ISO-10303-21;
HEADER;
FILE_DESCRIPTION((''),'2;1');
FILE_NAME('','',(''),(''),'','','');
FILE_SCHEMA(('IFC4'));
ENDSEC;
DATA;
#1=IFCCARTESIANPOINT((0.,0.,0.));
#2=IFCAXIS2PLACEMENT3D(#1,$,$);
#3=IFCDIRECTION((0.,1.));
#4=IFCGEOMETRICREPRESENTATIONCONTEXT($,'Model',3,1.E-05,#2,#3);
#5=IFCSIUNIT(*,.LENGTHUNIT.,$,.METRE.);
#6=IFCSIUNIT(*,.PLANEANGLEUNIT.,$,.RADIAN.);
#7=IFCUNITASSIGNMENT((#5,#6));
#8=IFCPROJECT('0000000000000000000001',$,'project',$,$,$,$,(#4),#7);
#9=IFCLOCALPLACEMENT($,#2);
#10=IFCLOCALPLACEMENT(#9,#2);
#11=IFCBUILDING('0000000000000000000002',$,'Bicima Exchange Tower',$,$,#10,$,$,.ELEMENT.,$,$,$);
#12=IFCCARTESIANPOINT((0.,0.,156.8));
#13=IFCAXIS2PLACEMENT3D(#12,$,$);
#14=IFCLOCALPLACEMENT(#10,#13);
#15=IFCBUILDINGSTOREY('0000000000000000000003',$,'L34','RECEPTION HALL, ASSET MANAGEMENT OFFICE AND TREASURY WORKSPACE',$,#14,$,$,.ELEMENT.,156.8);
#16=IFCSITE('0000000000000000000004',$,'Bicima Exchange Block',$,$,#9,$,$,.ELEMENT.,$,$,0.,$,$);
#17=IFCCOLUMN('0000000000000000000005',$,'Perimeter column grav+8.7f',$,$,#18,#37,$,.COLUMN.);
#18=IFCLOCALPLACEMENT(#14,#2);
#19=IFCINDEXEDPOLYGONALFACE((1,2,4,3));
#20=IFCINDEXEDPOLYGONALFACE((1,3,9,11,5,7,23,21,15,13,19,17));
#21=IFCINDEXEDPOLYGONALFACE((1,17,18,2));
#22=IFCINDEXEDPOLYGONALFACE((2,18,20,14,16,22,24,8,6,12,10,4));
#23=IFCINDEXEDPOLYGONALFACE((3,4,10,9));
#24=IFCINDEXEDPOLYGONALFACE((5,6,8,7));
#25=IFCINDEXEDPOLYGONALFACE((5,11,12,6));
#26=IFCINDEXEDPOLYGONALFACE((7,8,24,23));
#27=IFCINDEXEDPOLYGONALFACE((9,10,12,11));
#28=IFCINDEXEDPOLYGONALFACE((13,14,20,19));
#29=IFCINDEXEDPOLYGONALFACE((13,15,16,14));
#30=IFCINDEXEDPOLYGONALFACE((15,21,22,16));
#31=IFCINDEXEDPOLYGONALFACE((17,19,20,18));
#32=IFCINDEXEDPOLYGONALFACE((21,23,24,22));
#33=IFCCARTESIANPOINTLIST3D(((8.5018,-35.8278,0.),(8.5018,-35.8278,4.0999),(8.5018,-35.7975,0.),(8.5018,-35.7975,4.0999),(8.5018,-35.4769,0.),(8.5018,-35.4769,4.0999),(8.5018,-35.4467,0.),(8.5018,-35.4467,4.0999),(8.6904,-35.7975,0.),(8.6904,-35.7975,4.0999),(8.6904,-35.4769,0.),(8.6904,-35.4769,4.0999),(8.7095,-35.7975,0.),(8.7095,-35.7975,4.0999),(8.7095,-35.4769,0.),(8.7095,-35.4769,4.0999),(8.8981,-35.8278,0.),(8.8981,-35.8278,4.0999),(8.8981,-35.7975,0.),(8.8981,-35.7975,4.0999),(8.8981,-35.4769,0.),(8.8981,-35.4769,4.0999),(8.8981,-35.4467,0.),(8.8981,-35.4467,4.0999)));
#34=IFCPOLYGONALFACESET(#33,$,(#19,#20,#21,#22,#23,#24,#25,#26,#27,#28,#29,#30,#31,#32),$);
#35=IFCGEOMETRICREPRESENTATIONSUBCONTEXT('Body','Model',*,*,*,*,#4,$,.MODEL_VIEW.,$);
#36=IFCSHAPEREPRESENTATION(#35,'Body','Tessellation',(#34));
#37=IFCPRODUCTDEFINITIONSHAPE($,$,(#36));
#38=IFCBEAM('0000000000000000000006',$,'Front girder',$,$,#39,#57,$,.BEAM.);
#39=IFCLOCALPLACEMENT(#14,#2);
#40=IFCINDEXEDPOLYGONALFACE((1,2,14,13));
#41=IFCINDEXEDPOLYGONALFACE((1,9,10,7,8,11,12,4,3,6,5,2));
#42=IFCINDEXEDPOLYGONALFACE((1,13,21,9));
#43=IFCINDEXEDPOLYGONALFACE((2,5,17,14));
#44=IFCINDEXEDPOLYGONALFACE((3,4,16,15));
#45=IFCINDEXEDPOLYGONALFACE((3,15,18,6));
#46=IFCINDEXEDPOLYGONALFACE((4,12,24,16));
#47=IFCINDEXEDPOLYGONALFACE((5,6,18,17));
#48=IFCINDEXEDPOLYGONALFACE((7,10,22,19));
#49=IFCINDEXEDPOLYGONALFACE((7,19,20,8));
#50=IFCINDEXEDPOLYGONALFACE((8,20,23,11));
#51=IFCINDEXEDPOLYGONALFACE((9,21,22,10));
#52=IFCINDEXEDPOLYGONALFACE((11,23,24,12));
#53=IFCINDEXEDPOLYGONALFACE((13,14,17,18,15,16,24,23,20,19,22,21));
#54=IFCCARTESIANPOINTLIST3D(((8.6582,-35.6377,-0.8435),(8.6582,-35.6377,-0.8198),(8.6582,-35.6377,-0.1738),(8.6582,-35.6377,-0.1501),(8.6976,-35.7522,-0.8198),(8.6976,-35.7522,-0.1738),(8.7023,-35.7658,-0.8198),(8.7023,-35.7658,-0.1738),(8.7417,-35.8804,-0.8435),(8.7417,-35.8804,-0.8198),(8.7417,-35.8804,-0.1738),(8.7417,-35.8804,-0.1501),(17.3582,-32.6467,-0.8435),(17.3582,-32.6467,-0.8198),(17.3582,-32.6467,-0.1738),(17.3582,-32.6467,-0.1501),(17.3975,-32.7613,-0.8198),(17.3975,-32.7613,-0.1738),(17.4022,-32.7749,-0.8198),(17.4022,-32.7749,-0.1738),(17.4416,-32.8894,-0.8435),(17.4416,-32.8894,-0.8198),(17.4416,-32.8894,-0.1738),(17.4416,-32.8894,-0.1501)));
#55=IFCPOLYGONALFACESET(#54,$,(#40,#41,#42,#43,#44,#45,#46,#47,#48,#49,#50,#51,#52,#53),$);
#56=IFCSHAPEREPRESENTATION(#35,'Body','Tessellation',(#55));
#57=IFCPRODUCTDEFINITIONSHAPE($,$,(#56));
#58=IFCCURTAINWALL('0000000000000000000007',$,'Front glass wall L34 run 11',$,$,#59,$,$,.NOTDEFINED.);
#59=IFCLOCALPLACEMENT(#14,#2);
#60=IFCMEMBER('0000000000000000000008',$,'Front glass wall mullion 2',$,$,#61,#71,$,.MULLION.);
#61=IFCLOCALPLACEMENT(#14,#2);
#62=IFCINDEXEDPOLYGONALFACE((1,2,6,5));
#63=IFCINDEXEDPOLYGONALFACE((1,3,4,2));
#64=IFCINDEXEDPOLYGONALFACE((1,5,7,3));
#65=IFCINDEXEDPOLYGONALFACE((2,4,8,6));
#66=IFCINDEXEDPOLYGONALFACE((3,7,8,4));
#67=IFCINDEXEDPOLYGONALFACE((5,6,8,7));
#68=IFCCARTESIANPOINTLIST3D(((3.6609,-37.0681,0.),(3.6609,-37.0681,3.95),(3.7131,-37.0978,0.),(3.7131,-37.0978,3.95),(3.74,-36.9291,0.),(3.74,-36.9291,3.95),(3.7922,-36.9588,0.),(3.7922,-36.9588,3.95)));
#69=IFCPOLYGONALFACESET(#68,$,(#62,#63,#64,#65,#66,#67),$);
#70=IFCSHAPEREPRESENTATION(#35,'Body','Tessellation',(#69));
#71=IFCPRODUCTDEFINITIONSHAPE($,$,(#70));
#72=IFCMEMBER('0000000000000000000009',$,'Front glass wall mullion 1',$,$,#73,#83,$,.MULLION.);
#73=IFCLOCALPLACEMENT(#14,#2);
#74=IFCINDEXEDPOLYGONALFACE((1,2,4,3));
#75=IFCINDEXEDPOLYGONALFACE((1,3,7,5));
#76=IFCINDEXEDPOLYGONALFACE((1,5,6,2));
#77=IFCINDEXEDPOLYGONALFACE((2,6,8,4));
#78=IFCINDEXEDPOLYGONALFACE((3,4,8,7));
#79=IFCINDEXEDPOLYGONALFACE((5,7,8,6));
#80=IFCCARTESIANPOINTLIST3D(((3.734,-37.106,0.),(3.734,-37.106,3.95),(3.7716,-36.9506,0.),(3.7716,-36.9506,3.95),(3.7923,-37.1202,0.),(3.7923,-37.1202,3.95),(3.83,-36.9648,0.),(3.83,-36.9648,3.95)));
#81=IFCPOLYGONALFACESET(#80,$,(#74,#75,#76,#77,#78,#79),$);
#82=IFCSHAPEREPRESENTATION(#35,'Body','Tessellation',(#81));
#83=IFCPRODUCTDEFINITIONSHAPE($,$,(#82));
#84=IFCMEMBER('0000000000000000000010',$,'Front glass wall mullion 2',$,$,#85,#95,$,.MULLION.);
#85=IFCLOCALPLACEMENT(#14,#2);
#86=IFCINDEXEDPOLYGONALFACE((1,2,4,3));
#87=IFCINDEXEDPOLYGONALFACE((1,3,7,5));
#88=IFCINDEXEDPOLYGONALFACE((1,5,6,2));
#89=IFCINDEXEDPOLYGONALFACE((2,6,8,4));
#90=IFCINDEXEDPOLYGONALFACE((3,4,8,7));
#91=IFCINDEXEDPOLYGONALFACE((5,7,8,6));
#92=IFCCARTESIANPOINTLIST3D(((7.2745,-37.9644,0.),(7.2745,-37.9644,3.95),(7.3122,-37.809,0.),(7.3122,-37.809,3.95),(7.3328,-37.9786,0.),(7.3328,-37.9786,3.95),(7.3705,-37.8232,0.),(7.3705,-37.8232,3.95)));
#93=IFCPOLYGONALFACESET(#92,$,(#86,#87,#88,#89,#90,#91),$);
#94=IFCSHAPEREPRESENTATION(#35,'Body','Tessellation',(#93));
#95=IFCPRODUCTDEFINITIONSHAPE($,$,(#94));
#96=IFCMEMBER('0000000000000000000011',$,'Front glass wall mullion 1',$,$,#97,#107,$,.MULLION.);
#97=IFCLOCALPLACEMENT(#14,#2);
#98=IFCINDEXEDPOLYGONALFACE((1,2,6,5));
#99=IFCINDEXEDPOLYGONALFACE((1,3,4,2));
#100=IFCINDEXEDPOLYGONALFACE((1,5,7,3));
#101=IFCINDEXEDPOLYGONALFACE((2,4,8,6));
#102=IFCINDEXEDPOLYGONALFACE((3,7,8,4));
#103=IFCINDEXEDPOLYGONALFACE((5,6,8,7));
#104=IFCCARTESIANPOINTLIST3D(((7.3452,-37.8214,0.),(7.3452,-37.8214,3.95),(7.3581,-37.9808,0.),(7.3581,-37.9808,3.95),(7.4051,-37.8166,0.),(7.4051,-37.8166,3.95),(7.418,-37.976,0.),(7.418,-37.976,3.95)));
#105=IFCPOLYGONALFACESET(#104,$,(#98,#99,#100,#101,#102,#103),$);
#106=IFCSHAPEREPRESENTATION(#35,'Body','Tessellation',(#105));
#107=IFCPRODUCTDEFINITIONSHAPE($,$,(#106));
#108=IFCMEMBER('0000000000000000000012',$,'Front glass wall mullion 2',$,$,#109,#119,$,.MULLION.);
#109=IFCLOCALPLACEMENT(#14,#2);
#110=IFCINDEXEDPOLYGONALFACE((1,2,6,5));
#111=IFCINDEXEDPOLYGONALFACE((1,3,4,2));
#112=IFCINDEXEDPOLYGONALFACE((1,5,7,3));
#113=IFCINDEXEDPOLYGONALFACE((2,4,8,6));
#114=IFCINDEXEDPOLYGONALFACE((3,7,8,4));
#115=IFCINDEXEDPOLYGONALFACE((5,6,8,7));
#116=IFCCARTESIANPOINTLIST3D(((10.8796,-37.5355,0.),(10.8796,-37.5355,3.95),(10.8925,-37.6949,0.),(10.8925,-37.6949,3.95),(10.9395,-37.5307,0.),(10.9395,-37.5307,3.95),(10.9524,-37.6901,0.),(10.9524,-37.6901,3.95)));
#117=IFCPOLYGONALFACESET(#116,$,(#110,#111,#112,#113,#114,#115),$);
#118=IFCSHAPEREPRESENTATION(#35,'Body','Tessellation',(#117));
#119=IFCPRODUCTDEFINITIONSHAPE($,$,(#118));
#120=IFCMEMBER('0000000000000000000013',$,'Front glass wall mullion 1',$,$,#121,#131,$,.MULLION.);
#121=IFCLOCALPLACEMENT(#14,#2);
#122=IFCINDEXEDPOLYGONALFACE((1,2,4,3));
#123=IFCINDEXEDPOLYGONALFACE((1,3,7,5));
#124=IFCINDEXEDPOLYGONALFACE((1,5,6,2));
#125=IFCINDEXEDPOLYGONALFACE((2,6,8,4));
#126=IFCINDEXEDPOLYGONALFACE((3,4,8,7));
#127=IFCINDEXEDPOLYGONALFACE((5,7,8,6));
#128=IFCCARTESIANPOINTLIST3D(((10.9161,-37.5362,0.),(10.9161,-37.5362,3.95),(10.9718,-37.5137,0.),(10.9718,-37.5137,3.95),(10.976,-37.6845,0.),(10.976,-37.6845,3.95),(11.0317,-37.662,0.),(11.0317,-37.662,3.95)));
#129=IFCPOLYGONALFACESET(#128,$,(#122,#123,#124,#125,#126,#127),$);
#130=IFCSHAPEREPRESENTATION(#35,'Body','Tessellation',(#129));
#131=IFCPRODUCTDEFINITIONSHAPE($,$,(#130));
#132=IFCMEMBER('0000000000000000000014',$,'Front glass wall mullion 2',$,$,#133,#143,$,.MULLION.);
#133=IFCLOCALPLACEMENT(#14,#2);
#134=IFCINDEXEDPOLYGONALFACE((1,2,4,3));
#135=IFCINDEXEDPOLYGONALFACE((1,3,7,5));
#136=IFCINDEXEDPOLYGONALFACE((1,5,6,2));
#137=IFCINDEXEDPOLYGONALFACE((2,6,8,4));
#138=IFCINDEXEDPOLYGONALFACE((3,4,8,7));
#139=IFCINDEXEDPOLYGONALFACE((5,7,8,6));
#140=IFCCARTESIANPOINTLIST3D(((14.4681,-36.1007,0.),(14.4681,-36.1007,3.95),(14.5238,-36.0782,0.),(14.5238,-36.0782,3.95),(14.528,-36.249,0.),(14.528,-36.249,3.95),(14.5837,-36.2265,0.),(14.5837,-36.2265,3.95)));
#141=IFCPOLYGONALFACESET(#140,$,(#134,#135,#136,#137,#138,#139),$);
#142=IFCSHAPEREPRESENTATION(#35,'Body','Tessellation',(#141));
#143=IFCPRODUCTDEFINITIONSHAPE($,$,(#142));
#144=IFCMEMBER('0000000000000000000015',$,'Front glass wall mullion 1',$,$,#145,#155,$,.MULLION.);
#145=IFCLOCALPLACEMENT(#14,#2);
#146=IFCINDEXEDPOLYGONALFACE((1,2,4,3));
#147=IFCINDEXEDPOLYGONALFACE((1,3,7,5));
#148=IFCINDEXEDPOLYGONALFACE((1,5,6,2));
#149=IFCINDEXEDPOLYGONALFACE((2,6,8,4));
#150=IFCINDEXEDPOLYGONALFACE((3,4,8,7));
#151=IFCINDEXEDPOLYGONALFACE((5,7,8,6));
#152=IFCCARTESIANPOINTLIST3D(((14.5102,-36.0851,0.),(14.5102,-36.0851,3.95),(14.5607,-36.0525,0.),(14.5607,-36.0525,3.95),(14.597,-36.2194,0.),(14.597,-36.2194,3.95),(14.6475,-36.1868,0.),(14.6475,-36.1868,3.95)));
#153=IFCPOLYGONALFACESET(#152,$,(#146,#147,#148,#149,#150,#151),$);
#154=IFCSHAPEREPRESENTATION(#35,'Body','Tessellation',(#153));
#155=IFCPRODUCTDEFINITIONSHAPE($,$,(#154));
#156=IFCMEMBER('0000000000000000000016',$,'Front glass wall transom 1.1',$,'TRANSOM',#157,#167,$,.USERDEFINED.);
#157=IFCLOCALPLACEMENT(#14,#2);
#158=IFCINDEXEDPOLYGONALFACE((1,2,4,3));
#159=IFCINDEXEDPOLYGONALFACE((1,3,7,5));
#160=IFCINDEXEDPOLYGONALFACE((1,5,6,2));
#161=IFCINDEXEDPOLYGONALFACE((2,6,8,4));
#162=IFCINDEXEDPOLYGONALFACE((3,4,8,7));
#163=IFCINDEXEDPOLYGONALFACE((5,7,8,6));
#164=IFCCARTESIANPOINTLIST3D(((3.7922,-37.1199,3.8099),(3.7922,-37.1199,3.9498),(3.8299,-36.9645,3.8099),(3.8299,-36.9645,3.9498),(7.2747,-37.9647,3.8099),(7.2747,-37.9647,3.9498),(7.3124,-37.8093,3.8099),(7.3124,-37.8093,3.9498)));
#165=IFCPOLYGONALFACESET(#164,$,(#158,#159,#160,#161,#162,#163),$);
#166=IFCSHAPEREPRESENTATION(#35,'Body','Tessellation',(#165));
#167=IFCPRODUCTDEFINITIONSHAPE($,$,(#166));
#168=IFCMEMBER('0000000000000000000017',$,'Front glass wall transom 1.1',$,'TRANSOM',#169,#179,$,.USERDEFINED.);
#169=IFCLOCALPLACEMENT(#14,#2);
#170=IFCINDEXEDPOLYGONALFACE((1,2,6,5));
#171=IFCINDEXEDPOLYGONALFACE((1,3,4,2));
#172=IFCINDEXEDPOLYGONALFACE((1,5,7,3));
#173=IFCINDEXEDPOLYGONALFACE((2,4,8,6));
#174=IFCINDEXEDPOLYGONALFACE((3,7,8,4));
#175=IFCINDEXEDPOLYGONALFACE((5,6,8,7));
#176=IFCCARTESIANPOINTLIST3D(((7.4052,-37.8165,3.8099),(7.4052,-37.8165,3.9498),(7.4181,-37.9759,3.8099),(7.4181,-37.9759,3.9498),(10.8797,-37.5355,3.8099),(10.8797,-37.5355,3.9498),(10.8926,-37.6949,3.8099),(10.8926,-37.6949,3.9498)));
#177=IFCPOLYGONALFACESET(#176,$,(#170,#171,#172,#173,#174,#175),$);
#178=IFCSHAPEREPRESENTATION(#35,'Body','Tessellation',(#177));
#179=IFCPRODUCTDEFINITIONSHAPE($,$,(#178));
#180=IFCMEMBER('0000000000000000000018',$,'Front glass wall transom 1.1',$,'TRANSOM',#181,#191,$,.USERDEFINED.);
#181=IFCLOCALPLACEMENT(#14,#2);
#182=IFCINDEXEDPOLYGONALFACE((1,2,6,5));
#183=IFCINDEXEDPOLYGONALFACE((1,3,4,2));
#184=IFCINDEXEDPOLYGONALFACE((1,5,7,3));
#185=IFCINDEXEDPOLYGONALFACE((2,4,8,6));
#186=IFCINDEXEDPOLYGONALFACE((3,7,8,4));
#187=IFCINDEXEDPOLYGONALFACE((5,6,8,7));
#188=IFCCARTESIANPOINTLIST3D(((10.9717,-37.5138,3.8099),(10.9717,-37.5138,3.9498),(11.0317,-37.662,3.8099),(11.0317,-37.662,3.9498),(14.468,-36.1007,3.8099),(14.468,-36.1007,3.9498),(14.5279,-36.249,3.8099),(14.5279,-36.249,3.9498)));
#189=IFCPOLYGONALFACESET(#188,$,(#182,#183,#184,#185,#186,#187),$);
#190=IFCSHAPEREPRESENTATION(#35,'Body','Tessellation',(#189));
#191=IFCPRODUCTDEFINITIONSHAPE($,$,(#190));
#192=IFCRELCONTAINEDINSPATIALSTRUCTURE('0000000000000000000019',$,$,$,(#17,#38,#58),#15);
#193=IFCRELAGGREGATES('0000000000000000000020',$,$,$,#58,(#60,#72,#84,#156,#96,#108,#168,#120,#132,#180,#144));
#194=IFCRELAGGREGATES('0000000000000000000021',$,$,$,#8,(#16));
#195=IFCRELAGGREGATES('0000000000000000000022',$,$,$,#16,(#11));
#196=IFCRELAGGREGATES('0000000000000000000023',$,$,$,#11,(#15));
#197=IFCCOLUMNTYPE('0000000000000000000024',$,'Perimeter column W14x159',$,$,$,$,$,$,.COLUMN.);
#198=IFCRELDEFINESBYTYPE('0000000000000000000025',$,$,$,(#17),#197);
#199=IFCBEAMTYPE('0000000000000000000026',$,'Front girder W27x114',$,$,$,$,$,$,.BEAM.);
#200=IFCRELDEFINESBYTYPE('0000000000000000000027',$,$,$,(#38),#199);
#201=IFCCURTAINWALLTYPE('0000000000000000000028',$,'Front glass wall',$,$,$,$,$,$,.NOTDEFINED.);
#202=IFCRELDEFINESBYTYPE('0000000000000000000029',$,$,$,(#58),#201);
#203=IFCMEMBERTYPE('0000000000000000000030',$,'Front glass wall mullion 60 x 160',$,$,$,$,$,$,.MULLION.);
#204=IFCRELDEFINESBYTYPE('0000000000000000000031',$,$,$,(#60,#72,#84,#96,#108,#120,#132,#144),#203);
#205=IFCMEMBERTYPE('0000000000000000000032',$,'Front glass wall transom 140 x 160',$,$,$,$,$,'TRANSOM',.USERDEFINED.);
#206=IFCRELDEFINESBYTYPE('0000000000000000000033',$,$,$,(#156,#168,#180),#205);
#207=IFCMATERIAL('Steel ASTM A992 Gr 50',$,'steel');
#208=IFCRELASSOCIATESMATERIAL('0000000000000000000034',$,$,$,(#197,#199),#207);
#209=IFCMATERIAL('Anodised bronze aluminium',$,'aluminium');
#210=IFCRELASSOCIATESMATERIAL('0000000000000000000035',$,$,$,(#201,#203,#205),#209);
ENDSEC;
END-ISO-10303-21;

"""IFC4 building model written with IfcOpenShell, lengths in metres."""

from ifc_helpers import new_model, si_unit, direction, frame, origin, origin_2d, place, context, subcontext, project, spatial, rectangle, i_section, extrude, material, material_profile, profile_set, type_object, element, aggregate, save


model = new_model("IFC4")

# Units and contexts
model_context = context("Model", 3, precision=1e-05, world=origin(), true_north=direction((0.0, 1.0)))
body_context = subcontext(model_context, "Body", "Model", "MODEL_VIEW")
ifc_project = project(units=[si_unit("LENGTHUNIT", "METRE"), si_unit("PLANEANGLEUNIT", "RADIAN")], contexts=[model_context])

# Site, building, storey
site_placement = place(None, origin())
site = spatial("IfcSite", under=ifc_project, at=site_placement, Name="Bicima Exchange Block", CompositionType="ELEMENT", RefElevation=0.0)
building_placement = place(site_placement, origin())
building = spatial("IfcBuilding", under=site, at=building_placement, Name="Bicima Exchange Tower", CompositionType="ELEMENT")
storey_placement = place(building_placement, frame((0.0, 0.0, 156.8)))
storey = spatial("IfcBuildingStorey", under=building, at=storey_placement, Name="L34", Description="RECEPTION HALL, ASSET MANAGEMENT OFFICE AND TREASURY WORKSPACE", CompositionType="ELEMENT", Elevation=156.8)

# Column
ifc_material_1 = material(Name="Steel ASTM A992 Gr 50", Category="steel")
ifc_material_profile_1 = material_profile(ifc_material_1, i_section(OverallWidth=0.3962, OverallDepth=0.3811, WebThickness=0.019, FlangeThickness=0.0303, at=origin_2d()))
ifc_profile_set_1 = profile_set([ifc_material_profile_1], Name="Steel ASTM A992 Gr 50")
column_type = type_object("IfcColumnType", Name="Perimeter column W14x159", PredefinedType="COLUMN", material=ifc_profile_set_1)
column_placement = place(storey_placement, frame((8.7, -35.6372, 0.0), z_axis=(0.0, 0.0, 1.0), x_axis=(1.0, 0.0, 0.0)))
element("IfcColumn", 1, at=column_placement, inside=storey, type_object=column_type, Name="Perimeter column grav+8.7f", PredefinedType="COLUMN", context=body_context, shape_type="SweptSolid", body=[
    extrude(i_section(OverallWidth=0.3962, OverallDepth=0.3811, WebThickness=0.019, FlangeThickness=0.0303, at=origin_2d()), origin(), (0.0, 0.0, 1.0), 4.0999),
])

# Beam
ifc_material_profile_2 = material_profile(ifc_material_1, i_section(OverallWidth=0.2566, OverallDepth=0.6934, WebThickness=0.0144, FlangeThickness=0.0237, at=origin_2d()))
ifc_profile_set_2 = profile_set([ifc_material_profile_2], Name="Steel ASTM A992 Gr 50")
beam_type = type_object("IfcBeamType", Name="Front girder W27x114", PredefinedType="BEAM", material=ifc_profile_set_2)
beam_placement = place(storey_placement, frame((8.7, -35.759, -0.4968), z_axis=(0.945675, 0.325115, 0.0), x_axis=(-0.325115, 0.945675, 0.0)))
element("IfcBeam", 2, at=beam_placement, inside=storey, type_object=beam_type, Name="Front girder", PredefinedType="BEAM", context=body_context, shape_type="SweptSolid", body=[
    extrude(i_section(OverallWidth=0.2566, OverallDepth=0.6934, WebThickness=0.0144, FlangeThickness=0.0237, at=origin_2d()), origin(), (0.0, 0.0, 1.0), 9.1997),
])

# Curtain wall, members
ifc_material_2 = material(Name="Anodised bronze aluminium", Category="aluminium")
curtain_wall_type = type_object("IfcCurtainWallType", Name="Front glass wall", PredefinedType="NOTDEFINED", material=ifc_material_2)
curtain_wall_placement = place(storey_placement, origin())
curtain_wall = element("IfcCurtainWall", 3, at=curtain_wall_placement, inside=storey, type_object=curtain_wall_type, Name="Front glass wall L34 run 11", PredefinedType="NOTDEFINED")
ifc_material_profile_3 = material_profile(ifc_material_2, rectangle(XDim=0.1599, YDim=0.0601, at=origin_2d()))
ifc_profile_set_3 = profile_set([ifc_material_profile_3], Name="Anodised bronze aluminium")
member_type_1 = type_object("IfcMemberType", Name="Front glass wall mullion 60 x 160", PredefinedType="MULLION", material=ifc_profile_set_3)
member_1_placement = place(storey_placement, frame((3.7266, -37.0134, 0.0), z_axis=(0.0, 0.0, 1.0), x_axis=(0.49433, 0.869274, 0.0)))
member_1 = element("IfcMember", 4, at=member_1_placement, type_object=member_type_1, Name="Front glass wall mullion 2", PredefinedType="MULLION", context=body_context, shape_type="SweptSolid", body=[
    extrude(rectangle(XDim=0.1599, YDim=0.0601, at=origin_2d()), origin(), (0.0, 0.0, 1.0), 3.95),
])
member_2_placement = place(storey_placement, frame((3.782, -37.0354, 0.0), z_axis=(0.0, 0.0, 1.0), x_axis=(0.235682, 0.97183, 0.0)))
member_2 = element("IfcMember", 5, at=member_2_placement, type_object=member_type_1, Name="Front glass wall mullion 1", PredefinedType="MULLION", context=body_context, shape_type="SweptSolid", body=[
    extrude(rectangle(XDim=0.1599, YDim=0.0601, at=origin_2d()), origin(), (0.0, 0.0, 1.0), 3.95),
])
member_3_placement = place(storey_placement, frame((7.3225, -37.8938, 0.0), z_axis=(0.0, 0.0, 1.0), x_axis=(0.235682, 0.97183, 0.0)))
member_3 = element("IfcMember", 6, at=member_3_placement, type_object=member_type_1, Name="Front glass wall mullion 2", PredefinedType="MULLION", context=body_context, shape_type="SweptSolid", body=[
    extrude(rectangle(XDim=0.1599, YDim=0.0601, at=origin_2d()), origin(), (0.0, 0.0, 1.0), 3.95),
])
member_4_placement = place(storey_placement, frame((7.3816, -37.8987, 0.0), z_axis=(0.0, 0.0, 1.0), x_axis=(-0.080589, 0.996747, 0.0)))
member_4 = element("IfcMember", 7, at=member_4_placement, type_object=member_type_1, Name="Front glass wall mullion 1", PredefinedType="MULLION", context=body_context, shape_type="SweptSolid", body=[
    extrude(rectangle(XDim=0.1599, YDim=0.0601, at=origin_2d()), origin(), (0.0, 0.0, 1.0), 3.95),
])
member_5_placement = place(storey_placement, frame((10.916, -37.6128, 0.0), z_axis=(0.0, 0.0, 1.0), x_axis=(-0.080589, 0.996747, 0.0)))
member_5 = element("IfcMember", 8, at=member_5_placement, type_object=member_type_1, Name="Front glass wall mullion 2", PredefinedType="MULLION", context=body_context, shape_type="SweptSolid", body=[
    extrude(rectangle(XDim=0.1599, YDim=0.0601, at=origin_2d()), origin(), (0.0, 0.0, 1.0), 3.95),
])
member_6_placement = place(storey_placement, frame((10.9739, -37.5991, 0.0), z_axis=(0.0, 0.0, 1.0), x_axis=(-0.374705, 0.927144, 0.0)))
member_6 = element("IfcMember", 9, at=member_6_placement, type_object=member_type_1, Name="Front glass wall mullion 1", PredefinedType="MULLION", context=body_context, shape_type="SweptSolid", body=[
    extrude(rectangle(XDim=0.1599, YDim=0.0601, at=origin_2d()), origin(), (0.0, 0.0, 1.0), 3.95),
])
member_7_placement = place(storey_placement, frame((14.5259, -36.1636, 0.0), z_axis=(0.0, 0.0, 1.0), x_axis=(-0.374705, 0.927144, 0.0)))
member_7 = element("IfcMember", 10, at=member_7_placement, type_object=member_type_1, Name="Front glass wall mullion 2", PredefinedType="MULLION", context=body_context, shape_type="SweptSolid", body=[
    extrude(rectangle(XDim=0.1599, YDim=0.0601, at=origin_2d()), origin(), (0.0, 0.0, 1.0), 3.95),
])
member_8_placement = place(storey_placement, frame((14.5789, -36.136, 0.0), z_axis=(0.0, 0.0, 1.0), x_axis=(-0.542909, 0.839791, 0.0)))
member_8 = element("IfcMember", 11, at=member_8_placement, type_object=member_type_1, Name="Front glass wall mullion 1", PredefinedType="MULLION", context=body_context, shape_type="SweptSolid", body=[
    extrude(rectangle(XDim=0.1599, YDim=0.0601, at=origin_2d()), origin(), (0.0, 0.0, 1.0), 3.95),
])
ifc_material_profile_4 = material_profile(ifc_material_2, rectangle(XDim=0.1599, YDim=0.1399, at=origin_2d()))
ifc_profile_set_4 = profile_set([ifc_material_profile_4], Name="Anodised bronze aluminium")
member_type_2 = type_object("IfcMemberType", Name="Front glass wall transom 140 x 160", ElementType="TRANSOM", PredefinedType="USERDEFINED", material=ifc_profile_set_4)
member_9_placement = place(storey_placement, frame((3.811, -37.0422, 3.8799), z_axis=(0.971818, -0.235733, 0.0), x_axis=(0.235733, 0.971818, 0.0)))
member_9 = element("IfcMember", 12, at=member_9_placement, type_object=member_type_2, Name="Front glass wall transom 1.1", ObjectType="TRANSOM", PredefinedType="USERDEFINED", context=body_context, shape_type="SweptSolid", body=[
    extrude(rectangle(XDim=0.1599, YDim=0.1399, at=origin_2d()), origin(), (0.0, 0.0, 1.0), 3.5835),
])
member_10_placement = place(storey_placement, frame((7.4116, -37.8962, 3.8799), z_axis=(0.996746, 0.080611, 0.0), x_axis=(-0.080611, 0.996746, 0.0)))
member_10 = element("IfcMember", 13, at=member_10_placement, type_object=member_type_2, Name="Front glass wall transom 1.1", ObjectType="TRANSOM", PredefinedType="USERDEFINED", context=body_context, shape_type="SweptSolid", body=[
    extrude(rectangle(XDim=0.1599, YDim=0.1399, at=origin_2d()), origin(), (0.0, 0.0, 1.0), 3.4858),
])
member_11_placement = place(storey_placement, frame((11.0017, -37.5879, 3.8799), z_axis=(0.92714, 0.374715, 0.0), x_axis=(-0.374715, 0.92714, 0.0)))
member_11 = element("IfcMember", 14, at=member_11_placement, type_object=member_type_2, Name="Front glass wall transom 1.1", ObjectType="TRANSOM", PredefinedType="USERDEFINED", context=body_context, shape_type="SweptSolid", body=[
    extrude(rectangle(XDim=0.1599, YDim=0.1399, at=origin_2d()), origin(), (0.0, 0.0, 1.0), 3.771),
])
aggregate(curtain_wall, [member_1, member_2, member_3, member_9, member_4, member_5, member_10, member_6, member_7, member_11, member_8])

save(model, "model.ifc")
